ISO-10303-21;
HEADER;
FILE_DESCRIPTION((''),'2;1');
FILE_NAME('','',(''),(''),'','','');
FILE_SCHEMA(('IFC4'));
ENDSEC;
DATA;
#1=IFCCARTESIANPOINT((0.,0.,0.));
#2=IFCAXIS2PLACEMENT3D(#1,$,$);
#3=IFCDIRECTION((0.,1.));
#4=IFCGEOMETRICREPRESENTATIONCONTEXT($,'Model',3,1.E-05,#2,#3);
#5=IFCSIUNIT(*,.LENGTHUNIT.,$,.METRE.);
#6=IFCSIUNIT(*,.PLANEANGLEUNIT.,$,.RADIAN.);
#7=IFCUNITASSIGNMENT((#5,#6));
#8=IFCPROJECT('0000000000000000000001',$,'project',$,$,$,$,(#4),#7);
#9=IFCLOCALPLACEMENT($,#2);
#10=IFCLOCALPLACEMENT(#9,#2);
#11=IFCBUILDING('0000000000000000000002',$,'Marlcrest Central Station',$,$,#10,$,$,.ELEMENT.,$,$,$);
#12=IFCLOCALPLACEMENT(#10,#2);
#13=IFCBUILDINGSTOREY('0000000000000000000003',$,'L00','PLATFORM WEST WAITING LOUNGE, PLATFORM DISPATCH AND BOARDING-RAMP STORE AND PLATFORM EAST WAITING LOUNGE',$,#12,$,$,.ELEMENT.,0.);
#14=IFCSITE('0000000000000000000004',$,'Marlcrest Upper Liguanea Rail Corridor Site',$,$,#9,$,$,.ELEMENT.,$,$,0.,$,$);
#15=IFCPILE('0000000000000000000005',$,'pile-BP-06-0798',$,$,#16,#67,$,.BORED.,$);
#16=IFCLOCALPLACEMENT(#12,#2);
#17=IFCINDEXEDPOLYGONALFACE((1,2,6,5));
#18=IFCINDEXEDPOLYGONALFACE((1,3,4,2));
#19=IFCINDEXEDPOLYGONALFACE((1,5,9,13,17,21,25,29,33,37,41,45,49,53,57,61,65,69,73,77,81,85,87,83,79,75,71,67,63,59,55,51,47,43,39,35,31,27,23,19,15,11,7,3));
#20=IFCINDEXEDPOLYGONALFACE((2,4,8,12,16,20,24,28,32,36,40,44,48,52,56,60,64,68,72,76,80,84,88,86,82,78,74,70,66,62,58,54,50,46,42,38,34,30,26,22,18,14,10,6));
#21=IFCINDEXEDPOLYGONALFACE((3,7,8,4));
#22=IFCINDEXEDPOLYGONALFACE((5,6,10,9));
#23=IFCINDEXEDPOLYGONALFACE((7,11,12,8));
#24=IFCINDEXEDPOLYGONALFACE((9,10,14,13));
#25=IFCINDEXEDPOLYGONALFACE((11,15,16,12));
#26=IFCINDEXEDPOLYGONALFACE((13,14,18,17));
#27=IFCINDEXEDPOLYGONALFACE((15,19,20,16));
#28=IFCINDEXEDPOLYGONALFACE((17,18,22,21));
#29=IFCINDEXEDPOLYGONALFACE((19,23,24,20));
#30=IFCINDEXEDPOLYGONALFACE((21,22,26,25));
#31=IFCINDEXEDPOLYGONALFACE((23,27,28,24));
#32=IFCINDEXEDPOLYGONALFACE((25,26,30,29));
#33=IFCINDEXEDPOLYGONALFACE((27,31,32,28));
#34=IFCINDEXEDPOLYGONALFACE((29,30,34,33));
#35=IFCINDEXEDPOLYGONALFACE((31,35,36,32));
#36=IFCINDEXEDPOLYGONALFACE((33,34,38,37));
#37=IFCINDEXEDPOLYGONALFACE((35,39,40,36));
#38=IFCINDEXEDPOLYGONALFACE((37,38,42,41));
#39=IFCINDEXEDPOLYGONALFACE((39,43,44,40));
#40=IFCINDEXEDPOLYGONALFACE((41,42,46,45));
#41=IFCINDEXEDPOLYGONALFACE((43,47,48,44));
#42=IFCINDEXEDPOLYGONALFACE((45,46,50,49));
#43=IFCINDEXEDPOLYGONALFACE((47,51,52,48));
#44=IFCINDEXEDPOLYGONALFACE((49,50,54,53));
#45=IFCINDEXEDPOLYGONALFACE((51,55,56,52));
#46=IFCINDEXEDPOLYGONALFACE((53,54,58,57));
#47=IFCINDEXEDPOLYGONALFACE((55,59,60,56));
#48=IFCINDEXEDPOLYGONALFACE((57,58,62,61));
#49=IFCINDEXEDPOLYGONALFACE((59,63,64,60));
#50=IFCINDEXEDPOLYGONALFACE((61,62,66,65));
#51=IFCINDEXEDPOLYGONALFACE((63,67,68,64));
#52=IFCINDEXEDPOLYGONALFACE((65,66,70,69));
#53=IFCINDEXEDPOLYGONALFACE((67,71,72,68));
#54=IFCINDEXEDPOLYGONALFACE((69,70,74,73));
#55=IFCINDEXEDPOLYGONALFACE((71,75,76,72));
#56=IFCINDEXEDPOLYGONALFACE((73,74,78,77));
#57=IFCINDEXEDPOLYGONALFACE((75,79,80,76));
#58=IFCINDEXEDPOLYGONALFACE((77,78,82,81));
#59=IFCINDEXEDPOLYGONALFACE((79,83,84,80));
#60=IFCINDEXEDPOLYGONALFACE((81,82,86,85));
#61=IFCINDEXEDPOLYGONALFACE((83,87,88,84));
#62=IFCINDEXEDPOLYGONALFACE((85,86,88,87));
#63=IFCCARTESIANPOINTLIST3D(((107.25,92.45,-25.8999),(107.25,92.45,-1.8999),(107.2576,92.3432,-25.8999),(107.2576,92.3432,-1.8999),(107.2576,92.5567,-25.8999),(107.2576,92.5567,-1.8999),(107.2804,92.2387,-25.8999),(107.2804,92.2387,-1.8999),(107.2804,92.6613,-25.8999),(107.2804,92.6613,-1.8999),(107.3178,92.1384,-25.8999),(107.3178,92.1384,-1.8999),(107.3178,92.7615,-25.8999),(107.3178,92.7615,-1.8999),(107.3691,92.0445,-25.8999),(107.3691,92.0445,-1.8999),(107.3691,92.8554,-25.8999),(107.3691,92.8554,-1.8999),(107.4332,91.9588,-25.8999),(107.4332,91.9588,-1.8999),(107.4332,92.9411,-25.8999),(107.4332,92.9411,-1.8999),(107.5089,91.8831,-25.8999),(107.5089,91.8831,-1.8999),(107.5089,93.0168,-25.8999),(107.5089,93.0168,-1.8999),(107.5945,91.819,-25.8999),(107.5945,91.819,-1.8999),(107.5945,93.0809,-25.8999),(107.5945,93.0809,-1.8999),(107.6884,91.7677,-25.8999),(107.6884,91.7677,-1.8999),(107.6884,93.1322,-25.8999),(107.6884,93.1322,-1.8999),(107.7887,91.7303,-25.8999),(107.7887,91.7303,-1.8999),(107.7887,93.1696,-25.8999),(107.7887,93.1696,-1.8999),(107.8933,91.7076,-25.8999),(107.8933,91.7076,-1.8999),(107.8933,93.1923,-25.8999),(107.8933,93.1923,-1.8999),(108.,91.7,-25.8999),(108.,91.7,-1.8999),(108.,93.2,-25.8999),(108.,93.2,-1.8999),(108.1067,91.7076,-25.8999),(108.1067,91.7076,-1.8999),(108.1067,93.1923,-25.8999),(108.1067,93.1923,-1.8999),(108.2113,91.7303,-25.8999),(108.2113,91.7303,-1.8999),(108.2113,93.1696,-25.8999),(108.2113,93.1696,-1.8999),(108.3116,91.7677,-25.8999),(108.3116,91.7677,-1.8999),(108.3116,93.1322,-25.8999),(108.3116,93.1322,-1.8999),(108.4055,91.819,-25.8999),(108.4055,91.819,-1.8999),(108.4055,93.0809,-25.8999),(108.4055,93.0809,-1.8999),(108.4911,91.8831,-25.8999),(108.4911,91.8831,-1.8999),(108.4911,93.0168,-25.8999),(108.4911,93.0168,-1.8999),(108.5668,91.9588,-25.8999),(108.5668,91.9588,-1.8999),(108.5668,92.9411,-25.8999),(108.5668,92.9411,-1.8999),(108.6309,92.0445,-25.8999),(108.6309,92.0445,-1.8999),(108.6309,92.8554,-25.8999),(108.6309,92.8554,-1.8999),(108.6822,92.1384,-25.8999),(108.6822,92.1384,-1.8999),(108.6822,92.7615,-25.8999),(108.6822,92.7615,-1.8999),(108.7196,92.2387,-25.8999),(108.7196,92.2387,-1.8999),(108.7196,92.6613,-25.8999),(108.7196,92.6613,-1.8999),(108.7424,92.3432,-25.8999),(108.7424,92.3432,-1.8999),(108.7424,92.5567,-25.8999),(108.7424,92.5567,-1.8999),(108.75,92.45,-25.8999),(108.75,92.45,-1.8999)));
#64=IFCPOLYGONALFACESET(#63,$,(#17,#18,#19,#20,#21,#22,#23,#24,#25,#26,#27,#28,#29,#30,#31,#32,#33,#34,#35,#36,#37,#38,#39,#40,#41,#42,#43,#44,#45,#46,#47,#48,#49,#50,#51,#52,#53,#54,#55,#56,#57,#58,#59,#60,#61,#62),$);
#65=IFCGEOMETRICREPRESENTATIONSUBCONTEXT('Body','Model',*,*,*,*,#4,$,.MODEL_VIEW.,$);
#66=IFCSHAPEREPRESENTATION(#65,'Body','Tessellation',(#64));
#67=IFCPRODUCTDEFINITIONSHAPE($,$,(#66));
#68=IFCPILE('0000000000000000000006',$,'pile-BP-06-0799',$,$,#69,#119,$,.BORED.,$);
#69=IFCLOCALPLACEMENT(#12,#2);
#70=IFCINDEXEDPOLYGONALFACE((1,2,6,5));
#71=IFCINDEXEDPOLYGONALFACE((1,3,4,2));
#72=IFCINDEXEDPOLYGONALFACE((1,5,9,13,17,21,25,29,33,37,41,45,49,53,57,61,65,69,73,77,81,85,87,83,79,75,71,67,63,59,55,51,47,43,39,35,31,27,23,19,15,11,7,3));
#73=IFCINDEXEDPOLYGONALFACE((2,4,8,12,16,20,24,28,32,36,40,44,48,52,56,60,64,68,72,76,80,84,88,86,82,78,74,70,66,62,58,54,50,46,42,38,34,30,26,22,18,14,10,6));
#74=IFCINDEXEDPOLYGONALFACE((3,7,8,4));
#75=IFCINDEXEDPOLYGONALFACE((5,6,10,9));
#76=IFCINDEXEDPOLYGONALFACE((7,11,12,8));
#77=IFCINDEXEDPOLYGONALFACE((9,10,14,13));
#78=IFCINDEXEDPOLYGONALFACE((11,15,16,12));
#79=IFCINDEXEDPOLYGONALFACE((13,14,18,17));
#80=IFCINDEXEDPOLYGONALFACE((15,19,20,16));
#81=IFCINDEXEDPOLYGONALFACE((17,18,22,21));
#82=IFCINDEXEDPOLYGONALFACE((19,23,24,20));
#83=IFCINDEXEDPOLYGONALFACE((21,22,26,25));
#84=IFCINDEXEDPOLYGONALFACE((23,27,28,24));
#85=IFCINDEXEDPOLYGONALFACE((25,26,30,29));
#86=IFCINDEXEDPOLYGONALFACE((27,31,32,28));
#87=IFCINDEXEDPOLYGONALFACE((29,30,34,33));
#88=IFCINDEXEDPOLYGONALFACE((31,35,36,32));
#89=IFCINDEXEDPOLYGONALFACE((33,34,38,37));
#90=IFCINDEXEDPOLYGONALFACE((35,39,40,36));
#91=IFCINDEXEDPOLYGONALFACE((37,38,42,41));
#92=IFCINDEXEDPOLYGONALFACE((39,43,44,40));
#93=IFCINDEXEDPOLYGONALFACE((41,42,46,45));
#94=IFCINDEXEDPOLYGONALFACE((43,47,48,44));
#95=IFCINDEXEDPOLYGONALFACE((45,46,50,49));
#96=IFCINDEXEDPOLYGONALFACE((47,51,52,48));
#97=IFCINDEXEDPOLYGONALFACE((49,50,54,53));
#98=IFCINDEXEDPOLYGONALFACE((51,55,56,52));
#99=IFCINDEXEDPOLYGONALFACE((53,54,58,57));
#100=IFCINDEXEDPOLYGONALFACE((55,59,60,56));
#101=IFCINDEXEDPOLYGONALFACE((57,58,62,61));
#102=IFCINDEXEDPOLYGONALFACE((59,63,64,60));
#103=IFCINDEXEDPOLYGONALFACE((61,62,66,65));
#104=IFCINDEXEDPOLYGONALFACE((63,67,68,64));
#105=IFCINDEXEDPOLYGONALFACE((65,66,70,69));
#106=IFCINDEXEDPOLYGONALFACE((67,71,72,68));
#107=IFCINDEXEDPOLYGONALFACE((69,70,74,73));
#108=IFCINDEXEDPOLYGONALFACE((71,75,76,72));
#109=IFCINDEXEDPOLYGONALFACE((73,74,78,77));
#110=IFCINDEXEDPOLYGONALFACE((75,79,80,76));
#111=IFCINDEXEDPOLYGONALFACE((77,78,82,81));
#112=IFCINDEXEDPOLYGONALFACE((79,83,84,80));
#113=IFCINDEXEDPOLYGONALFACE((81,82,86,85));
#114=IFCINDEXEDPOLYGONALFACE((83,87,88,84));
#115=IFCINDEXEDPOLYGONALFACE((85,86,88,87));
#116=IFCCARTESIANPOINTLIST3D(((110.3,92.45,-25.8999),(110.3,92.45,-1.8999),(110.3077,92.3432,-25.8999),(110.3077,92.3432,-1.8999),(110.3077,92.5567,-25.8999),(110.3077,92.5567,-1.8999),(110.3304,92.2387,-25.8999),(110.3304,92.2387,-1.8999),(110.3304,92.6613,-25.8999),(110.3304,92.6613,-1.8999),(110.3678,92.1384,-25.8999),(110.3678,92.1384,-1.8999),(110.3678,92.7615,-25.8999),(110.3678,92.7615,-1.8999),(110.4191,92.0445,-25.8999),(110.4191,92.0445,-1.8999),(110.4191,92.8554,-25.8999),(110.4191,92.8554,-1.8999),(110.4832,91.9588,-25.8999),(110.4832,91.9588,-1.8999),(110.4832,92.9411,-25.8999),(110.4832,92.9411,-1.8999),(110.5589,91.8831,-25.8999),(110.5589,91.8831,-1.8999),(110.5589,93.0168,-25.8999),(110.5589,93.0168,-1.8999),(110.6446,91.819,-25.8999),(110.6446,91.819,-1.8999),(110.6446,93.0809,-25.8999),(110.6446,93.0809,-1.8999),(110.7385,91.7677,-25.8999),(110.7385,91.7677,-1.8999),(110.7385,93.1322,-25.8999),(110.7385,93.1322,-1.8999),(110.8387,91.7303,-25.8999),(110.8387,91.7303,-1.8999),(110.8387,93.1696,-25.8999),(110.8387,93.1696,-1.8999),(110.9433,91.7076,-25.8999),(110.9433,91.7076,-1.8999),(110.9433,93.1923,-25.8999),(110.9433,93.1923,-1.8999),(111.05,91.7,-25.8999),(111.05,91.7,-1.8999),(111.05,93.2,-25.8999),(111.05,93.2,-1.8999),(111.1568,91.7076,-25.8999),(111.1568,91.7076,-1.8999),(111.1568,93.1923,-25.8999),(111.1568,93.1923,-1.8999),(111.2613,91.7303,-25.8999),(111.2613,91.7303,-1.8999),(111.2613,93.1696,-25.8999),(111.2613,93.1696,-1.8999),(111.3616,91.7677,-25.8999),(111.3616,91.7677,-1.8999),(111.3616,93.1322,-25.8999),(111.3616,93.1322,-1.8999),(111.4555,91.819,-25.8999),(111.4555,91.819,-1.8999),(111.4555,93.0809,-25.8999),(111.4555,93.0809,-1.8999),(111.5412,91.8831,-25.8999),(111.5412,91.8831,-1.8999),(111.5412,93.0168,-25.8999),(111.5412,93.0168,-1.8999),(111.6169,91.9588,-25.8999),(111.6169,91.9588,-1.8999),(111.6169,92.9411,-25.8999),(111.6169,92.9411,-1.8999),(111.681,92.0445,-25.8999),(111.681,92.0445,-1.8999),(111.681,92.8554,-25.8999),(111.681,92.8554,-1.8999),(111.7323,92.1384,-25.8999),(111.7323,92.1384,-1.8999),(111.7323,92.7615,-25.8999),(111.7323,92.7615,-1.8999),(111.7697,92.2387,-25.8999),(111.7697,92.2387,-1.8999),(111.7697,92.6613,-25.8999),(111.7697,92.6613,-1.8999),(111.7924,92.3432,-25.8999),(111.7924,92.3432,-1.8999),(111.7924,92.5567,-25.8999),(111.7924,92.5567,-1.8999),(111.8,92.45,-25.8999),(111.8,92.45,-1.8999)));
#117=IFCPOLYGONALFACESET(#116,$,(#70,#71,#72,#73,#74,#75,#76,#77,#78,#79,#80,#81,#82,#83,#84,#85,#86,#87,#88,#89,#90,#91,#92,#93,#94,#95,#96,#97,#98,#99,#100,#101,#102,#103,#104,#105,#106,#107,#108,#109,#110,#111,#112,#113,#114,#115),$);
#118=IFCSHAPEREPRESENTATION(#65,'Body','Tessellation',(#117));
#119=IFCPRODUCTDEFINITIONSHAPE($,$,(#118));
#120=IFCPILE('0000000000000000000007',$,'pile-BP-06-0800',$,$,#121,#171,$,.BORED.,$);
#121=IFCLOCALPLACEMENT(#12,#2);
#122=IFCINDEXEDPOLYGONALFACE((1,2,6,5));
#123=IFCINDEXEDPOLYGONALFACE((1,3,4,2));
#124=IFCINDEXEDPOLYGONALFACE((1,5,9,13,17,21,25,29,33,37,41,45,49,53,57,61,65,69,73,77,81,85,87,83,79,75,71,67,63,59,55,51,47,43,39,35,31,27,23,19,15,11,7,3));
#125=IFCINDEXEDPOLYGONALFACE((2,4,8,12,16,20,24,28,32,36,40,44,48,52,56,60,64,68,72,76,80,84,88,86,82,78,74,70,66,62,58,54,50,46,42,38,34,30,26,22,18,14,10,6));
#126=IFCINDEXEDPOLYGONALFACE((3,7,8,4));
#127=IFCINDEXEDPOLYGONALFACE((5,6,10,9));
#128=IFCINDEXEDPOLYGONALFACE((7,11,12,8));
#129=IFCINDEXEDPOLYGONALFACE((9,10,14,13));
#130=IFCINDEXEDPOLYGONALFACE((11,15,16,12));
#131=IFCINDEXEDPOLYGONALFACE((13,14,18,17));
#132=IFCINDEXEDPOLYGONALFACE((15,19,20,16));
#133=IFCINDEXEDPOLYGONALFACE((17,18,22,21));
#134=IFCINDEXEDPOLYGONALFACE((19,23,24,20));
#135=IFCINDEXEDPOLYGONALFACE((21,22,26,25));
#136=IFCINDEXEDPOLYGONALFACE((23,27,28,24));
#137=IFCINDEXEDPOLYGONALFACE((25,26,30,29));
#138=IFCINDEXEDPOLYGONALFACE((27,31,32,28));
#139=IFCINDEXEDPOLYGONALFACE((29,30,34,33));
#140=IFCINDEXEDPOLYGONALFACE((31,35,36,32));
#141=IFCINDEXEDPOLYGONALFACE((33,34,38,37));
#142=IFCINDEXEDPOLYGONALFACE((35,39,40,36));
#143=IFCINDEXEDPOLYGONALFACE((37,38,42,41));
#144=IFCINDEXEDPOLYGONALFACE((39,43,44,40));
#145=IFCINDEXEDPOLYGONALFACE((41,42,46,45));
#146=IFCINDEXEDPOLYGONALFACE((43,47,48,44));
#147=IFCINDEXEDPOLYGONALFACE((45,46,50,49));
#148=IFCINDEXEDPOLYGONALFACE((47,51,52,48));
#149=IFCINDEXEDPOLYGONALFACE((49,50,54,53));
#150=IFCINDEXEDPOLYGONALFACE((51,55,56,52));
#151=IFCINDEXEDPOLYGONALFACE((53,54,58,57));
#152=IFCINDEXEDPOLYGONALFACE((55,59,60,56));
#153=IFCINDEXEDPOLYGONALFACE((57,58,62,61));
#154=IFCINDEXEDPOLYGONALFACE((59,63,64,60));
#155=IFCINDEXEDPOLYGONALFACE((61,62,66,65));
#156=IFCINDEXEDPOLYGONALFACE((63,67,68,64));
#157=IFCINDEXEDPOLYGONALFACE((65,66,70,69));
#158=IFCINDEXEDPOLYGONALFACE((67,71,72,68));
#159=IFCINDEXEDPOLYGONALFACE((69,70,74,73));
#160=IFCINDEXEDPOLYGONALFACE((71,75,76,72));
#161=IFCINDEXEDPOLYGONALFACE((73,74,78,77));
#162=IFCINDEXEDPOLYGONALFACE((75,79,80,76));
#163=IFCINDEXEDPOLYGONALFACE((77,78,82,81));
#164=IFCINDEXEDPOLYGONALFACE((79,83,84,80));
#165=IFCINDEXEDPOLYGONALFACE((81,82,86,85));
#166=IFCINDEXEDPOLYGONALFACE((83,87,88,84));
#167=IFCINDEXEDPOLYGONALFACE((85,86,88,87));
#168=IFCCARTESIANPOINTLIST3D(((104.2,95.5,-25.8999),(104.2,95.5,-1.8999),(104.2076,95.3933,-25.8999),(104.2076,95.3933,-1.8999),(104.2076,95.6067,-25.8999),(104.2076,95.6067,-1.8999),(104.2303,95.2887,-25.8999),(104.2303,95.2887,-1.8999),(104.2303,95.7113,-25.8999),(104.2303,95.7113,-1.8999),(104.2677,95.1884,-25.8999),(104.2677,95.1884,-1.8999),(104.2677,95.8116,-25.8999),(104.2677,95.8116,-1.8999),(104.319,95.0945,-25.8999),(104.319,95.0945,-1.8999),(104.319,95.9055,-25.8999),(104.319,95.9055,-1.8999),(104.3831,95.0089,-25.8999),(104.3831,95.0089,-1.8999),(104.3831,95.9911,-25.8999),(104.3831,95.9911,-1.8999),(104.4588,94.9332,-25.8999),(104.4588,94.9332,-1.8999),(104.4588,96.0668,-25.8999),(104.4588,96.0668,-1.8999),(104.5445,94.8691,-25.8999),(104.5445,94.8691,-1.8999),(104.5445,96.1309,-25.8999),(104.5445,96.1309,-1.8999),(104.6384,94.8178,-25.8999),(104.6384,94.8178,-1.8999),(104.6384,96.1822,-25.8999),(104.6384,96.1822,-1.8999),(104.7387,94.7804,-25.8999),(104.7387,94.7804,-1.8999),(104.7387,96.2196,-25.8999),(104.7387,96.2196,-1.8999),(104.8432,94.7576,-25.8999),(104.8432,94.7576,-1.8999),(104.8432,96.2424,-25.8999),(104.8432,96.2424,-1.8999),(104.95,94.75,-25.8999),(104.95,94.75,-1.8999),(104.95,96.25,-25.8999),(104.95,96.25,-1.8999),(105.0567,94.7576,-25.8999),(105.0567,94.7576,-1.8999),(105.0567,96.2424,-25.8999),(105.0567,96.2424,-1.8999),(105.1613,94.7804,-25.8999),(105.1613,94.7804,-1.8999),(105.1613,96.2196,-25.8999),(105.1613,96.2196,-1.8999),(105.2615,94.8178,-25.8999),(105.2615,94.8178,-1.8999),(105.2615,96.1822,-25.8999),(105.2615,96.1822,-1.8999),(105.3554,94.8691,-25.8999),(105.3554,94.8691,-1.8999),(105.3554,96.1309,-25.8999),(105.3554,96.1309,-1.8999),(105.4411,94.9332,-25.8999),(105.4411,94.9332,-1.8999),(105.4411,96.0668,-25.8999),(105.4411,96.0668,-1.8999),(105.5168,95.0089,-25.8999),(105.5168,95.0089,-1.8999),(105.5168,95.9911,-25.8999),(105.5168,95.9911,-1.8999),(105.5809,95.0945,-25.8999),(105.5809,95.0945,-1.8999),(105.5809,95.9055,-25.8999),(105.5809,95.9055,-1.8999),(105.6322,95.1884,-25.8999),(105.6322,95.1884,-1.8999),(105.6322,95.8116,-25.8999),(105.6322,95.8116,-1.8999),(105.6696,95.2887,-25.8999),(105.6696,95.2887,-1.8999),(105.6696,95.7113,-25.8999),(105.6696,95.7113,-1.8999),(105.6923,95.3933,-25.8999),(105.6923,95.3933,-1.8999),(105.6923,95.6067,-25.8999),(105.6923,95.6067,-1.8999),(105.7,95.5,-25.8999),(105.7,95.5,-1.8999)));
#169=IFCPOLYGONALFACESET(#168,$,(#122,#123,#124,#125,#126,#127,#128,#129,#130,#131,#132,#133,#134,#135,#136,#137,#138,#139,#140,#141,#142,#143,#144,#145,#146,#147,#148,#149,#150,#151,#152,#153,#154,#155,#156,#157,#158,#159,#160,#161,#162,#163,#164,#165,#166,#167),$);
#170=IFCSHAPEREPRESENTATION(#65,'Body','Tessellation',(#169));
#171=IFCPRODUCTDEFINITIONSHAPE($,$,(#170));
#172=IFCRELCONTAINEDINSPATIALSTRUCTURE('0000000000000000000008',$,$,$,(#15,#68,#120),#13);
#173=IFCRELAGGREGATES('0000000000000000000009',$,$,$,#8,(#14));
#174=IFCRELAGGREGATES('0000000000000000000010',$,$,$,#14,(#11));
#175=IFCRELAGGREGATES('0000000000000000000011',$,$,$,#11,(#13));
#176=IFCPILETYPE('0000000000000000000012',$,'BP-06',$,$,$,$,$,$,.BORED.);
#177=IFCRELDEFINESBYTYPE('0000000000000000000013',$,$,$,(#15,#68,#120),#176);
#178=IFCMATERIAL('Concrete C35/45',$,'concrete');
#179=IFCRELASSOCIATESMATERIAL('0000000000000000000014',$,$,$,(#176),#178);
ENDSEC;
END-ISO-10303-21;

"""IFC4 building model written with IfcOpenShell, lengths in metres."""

from ifc_helpers import new_model, si_unit, direction, frame, origin, origin_2d, place, context, subcontext, project, spatial, circle, extrude, material, material_profile, profile_set, type_object, element, save


model = new_model("IFC4")

# Units and contexts
model_context = context("Model", 3, precision=1e-05, world=origin(), true_north=direction((0.0, 1.0)))
body_context = subcontext(model_context, "Body", "Model", "MODEL_VIEW")
ifc_project = project(units=[si_unit("LENGTHUNIT", "METRE"), si_unit("PLANEANGLEUNIT", "RADIAN")], contexts=[model_context])

# Site, building, storey
site_placement = place(None, origin())
site = spatial("IfcSite", under=ifc_project, at=site_placement, Name="Marlcrest Upper Liguanea Rail Corridor Site", CompositionType="ELEMENT", RefElevation=0.0)
building_placement = place(site_placement, origin())
building = spatial("IfcBuilding", under=site, at=building_placement, Name="Marlcrest Central Station", CompositionType="ELEMENT")
storey_placement = place(building_placement, origin())
storey = spatial("IfcBuildingStorey", under=building, at=storey_placement, Name="L00", Description="PLATFORM WEST WAITING LOUNGE, PLATFORM DISPATCH AND BOARDING-RAMP STORE AND PLATFORM EAST WAITING LOUNGE", CompositionType="ELEMENT", Elevation=0.0)

# Piles
ifc_material_1 = material(Name="Concrete C35/45", Category="concrete")
ifc_material_profile_1 = material_profile(ifc_material_1, circle(Radius=0.75, at=origin_2d()), Name="PILE D1500")
ifc_profile_set_1 = profile_set([ifc_material_profile_1], Name="Concrete C35/45")
pile_type_1 = type_object("IfcPileType", Name="BP-06", PredefinedType="BORED", material=ifc_profile_set_1)
for number, where, z_axis, x_axis, name in (
    (1, (108.0, 92.45, -1.8999), (0.0, 0.0, -1.0), (1.0, 0.0, 0.0), "pile-BP-06-0798"),
    (2, (111.05, 92.45, -1.8999), (0.0, 0.0, -1.0), (1.0, 0.0, 0.0), "pile-BP-06-0799"),
    (3, (104.95, 95.5, -1.8999), (0.0, 0.0, -1.0), (1.0, 0.0, 0.0), "pile-BP-06-0800"),
):
    element("IfcPile", number, at=place(storey_placement, frame(where, z_axis=z_axis, x_axis=x_axis)), inside=storey, type_object=pile_type_1, Name=name, PredefinedType="BORED", context=body_context, shape_type="SweptSolid", body=[
        extrude(circle(Radius=0.75, at=origin_2d()), origin(), (0.0, 0.0, 1.0), 24.0),
    ])

save(model, "model.ifc")
